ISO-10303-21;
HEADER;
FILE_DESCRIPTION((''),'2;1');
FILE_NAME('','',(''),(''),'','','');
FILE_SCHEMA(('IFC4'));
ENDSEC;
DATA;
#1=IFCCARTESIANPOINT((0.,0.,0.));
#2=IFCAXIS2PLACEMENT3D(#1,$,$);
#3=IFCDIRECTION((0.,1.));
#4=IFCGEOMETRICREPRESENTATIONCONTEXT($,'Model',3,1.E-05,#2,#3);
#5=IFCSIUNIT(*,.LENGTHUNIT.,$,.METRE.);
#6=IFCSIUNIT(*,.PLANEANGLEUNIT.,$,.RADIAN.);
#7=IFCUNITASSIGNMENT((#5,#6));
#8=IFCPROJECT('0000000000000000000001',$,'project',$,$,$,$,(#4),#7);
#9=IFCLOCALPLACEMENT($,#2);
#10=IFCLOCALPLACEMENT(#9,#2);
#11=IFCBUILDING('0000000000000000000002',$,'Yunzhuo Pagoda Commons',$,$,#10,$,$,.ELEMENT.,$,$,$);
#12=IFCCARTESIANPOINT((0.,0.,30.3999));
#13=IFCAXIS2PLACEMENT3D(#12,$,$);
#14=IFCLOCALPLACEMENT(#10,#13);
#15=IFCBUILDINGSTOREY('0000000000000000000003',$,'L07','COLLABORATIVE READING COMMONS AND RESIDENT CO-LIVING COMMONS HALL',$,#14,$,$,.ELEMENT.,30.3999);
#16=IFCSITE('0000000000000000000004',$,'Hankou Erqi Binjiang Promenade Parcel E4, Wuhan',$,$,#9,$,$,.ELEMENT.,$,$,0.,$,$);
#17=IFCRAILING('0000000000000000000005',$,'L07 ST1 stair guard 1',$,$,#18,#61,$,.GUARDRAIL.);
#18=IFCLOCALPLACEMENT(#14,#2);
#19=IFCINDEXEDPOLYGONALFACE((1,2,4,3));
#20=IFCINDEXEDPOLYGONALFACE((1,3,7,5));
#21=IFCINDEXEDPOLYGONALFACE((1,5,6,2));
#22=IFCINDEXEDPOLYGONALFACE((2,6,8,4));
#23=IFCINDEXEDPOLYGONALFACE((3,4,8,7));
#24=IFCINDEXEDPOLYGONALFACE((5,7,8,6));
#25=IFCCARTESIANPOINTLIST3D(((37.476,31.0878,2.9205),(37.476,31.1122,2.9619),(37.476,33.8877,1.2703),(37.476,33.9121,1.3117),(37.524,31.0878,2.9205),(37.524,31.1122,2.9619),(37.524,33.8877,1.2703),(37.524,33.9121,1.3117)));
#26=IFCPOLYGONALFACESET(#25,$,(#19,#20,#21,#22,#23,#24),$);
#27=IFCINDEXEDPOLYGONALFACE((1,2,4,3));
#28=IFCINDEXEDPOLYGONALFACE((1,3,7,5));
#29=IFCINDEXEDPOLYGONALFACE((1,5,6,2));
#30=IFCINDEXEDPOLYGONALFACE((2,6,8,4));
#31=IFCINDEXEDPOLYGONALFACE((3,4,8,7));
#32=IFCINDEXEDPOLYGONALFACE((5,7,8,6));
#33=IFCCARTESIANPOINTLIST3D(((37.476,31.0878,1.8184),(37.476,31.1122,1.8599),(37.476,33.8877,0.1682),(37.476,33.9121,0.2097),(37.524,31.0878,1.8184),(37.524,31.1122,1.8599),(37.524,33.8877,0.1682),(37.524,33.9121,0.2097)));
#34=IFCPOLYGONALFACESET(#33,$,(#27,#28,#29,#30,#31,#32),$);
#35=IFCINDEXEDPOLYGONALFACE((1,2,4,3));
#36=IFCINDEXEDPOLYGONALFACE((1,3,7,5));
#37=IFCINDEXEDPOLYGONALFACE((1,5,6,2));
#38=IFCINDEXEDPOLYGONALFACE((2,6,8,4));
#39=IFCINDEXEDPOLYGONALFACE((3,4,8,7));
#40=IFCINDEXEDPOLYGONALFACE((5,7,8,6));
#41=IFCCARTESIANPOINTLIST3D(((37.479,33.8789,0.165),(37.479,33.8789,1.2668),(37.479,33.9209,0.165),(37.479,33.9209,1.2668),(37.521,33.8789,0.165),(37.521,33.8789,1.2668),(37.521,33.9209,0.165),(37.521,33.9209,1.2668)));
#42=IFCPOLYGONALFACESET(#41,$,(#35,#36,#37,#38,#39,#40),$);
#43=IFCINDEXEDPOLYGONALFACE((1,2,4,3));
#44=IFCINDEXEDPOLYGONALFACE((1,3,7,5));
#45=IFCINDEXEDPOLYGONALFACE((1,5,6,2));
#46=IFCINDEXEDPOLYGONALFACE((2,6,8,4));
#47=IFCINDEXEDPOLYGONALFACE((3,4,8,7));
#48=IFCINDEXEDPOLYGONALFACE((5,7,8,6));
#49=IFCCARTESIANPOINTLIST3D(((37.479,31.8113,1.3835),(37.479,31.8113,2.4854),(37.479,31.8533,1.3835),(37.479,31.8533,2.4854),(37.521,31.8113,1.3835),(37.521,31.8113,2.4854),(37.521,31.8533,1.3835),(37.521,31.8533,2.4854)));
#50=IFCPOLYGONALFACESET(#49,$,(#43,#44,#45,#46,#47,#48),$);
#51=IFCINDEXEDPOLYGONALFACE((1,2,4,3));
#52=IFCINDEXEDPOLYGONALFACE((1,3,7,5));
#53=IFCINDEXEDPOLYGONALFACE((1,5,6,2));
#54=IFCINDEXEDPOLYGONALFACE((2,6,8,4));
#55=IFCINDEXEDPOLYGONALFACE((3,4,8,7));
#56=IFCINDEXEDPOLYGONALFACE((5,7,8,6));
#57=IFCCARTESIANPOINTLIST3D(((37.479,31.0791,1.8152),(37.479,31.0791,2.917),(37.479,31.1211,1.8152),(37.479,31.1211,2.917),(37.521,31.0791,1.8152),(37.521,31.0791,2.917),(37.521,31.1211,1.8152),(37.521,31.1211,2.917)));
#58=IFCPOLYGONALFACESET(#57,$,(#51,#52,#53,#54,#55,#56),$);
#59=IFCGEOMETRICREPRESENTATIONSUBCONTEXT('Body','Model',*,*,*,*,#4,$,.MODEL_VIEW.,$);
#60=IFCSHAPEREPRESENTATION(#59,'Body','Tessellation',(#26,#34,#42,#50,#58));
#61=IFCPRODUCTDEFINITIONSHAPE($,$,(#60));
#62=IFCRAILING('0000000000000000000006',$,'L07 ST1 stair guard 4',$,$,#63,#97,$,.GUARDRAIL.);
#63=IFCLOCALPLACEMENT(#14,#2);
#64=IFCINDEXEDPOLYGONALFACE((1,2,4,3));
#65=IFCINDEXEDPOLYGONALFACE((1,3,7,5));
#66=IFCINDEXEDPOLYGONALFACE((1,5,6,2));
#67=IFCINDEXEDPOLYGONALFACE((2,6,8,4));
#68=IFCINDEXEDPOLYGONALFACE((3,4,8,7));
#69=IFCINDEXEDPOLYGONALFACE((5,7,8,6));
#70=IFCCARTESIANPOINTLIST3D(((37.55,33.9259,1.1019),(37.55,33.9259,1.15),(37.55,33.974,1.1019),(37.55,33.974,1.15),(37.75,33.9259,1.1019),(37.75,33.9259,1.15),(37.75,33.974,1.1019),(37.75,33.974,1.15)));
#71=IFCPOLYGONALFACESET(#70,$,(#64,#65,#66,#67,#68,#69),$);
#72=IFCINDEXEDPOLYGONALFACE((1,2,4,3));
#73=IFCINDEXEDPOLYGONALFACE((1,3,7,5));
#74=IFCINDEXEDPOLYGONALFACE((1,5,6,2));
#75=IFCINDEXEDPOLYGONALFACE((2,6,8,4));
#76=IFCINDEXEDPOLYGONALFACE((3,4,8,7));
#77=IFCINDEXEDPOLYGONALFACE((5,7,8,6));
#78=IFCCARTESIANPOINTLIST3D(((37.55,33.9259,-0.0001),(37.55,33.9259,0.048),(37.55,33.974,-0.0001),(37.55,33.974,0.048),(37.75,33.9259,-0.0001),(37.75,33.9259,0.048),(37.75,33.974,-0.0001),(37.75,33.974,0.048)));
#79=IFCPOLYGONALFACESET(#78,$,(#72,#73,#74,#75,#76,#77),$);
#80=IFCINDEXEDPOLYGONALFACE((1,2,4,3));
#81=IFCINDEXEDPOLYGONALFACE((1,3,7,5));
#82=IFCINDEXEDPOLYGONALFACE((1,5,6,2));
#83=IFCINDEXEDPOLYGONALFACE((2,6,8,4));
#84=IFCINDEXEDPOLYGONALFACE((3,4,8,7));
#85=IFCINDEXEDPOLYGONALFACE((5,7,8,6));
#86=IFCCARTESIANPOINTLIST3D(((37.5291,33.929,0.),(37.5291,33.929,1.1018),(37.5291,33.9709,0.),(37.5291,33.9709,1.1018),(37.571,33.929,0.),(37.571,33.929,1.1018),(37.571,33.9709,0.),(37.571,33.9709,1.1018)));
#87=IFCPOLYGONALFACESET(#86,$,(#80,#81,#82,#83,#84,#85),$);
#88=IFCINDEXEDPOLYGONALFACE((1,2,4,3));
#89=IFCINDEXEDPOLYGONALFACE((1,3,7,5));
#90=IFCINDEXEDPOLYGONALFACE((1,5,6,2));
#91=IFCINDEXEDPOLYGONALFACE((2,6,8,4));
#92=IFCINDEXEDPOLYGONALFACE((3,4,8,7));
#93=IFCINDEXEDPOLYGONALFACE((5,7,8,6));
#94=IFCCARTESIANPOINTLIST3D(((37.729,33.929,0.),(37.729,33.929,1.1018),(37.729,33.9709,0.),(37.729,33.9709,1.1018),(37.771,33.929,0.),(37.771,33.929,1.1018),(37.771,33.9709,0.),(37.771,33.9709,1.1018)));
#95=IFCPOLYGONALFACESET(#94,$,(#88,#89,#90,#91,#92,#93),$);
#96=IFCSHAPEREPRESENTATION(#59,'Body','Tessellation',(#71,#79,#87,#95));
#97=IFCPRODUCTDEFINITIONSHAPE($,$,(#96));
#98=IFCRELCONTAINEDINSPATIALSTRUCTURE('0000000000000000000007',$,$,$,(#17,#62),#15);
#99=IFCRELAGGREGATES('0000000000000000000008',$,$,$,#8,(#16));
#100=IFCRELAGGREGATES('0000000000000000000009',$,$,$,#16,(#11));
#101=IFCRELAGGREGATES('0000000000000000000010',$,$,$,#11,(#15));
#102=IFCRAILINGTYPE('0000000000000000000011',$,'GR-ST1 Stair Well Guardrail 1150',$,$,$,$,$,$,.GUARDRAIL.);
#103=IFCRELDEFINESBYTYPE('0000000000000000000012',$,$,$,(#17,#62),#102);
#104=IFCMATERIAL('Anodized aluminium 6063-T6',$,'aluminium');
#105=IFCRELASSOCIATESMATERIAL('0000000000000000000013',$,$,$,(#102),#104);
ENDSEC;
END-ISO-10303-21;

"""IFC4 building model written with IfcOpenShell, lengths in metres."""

from ifc_helpers import new_model, si_unit, direction, frame, origin, origin_2d, place, context, subcontext, project, spatial, rectangle, extrude, material, type_object, element, save


model = new_model("IFC4")

# Units and contexts
model_context = context("Model", 3, precision=1e-05, world=origin(), true_north=direction((0.0, 1.0)))
body_context = subcontext(model_context, "Body", "Model", "MODEL_VIEW")
ifc_project = project(units=[si_unit("LENGTHUNIT", "METRE"), si_unit("PLANEANGLEUNIT", "RADIAN")], contexts=[model_context])

# Site, building, storey
site_placement = place(None, origin())
site = spatial("IfcSite", under=ifc_project, at=site_placement, Name="Hankou Erqi Binjiang Promenade Parcel E4, Wuhan", CompositionType="ELEMENT", RefElevation=0.0)
building_placement = place(site_placement, origin())
building = spatial("IfcBuilding", under=site, at=building_placement, Name="Yunzhuo Pagoda Commons", CompositionType="ELEMENT")
storey_placement = place(building_placement, frame((0.0, 0.0, 30.3999)))
storey = spatial("IfcBuildingStorey", under=building, at=storey_placement, Name="L07", Description="COLLABORATIVE READING COMMONS AND RESIDENT CO-LIVING COMMONS HALL", CompositionType="ELEMENT", Elevation=30.3999)

# Railings
ifc_material_1 = material(Name="Anodized aluminium 6063-T6", Category="aluminium")
railing_type = type_object("IfcRailingType", Name="GR-ST1 Stair Well Guardrail 1150", PredefinedType="GUARDRAIL", material=ifc_material_1)
railing_1_placement = place(storey_placement, frame((37.5, 33.8999, 0.165)))
element("IfcRailing", 1, at=railing_1_placement, inside=storey, type_object=railing_type, Name="L07 ST1 stair guard 1", PredefinedType="GUARDRAIL", context=body_context, shape_type="SweptSolid", body=[
    extrude(rectangle(XDim=0.0481, YDim=0.0481, at=origin_2d()), frame((0.0, 0.0, 1.126), z_axis=(0.0, -0.861503, 0.507752), x_axis=(1.0, 0.0, 0.0)), (0.0, 0.0, 1.0), 3.25),
    extrude(rectangle(XDim=0.0481, YDim=0.0481, at=origin_2d()), frame((0.0, 0.0, 0.0239), z_axis=(0.0, -0.861503, 0.507752), x_axis=(1.0, 0.0, 0.0)), (0.0, 0.0, 1.0), 3.25),
    extrude(rectangle(XDim=0.042, YDim=0.042, at=origin_2d()), origin(), (0.0, 0.0, 1.0), 1.1018),
    extrude(rectangle(XDim=0.042, YDim=0.042, at=origin_2d()), frame((0.0, -2.0676, 1.2185)), (0.0, 0.0, 1.0), 1.1018),
    extrude(rectangle(XDim=0.042, YDim=0.042, at=origin_2d()), frame((0.0, -2.7998, 1.6501)), (0.0, 0.0, 1.0), 1.1018),
])
railing_2_placement = place(storey_placement, frame((37.55, 33.95, 0.0)))
element("IfcRailing", 2, at=railing_2_placement, inside=storey, type_object=railing_type, Name="L07 ST1 stair guard 4", PredefinedType="GUARDRAIL", context=body_context, shape_type="SweptSolid", body=[
    extrude(rectangle(XDim=0.0481, YDim=0.0481, at=origin_2d()), frame((0.0, 0.0, 1.126), z_axis=(1.0, 0.0, 0.0), x_axis=(0.0, 1.0, 0.0)), (0.0, 0.0, 1.0), 0.2),
    extrude(rectangle(XDim=0.0481, YDim=0.0481, at=origin_2d()), frame((0.0, 0.0, 0.0239), z_axis=(1.0, 0.0, 0.0), x_axis=(0.0, 1.0, 0.0)), (0.0, 0.0, 1.0), 0.2),
    extrude(rectangle(XDim=0.042, YDim=0.042, at=origin_2d()), origin(), (0.0, 0.0, 1.0), 1.1018),
    extrude(rectangle(XDim=0.042, YDim=0.042, at=origin_2d()), frame((0.2, 0.0, 0.0)), (0.0, 0.0, 1.0), 1.1018),
])

save(model, "model.ifc")
